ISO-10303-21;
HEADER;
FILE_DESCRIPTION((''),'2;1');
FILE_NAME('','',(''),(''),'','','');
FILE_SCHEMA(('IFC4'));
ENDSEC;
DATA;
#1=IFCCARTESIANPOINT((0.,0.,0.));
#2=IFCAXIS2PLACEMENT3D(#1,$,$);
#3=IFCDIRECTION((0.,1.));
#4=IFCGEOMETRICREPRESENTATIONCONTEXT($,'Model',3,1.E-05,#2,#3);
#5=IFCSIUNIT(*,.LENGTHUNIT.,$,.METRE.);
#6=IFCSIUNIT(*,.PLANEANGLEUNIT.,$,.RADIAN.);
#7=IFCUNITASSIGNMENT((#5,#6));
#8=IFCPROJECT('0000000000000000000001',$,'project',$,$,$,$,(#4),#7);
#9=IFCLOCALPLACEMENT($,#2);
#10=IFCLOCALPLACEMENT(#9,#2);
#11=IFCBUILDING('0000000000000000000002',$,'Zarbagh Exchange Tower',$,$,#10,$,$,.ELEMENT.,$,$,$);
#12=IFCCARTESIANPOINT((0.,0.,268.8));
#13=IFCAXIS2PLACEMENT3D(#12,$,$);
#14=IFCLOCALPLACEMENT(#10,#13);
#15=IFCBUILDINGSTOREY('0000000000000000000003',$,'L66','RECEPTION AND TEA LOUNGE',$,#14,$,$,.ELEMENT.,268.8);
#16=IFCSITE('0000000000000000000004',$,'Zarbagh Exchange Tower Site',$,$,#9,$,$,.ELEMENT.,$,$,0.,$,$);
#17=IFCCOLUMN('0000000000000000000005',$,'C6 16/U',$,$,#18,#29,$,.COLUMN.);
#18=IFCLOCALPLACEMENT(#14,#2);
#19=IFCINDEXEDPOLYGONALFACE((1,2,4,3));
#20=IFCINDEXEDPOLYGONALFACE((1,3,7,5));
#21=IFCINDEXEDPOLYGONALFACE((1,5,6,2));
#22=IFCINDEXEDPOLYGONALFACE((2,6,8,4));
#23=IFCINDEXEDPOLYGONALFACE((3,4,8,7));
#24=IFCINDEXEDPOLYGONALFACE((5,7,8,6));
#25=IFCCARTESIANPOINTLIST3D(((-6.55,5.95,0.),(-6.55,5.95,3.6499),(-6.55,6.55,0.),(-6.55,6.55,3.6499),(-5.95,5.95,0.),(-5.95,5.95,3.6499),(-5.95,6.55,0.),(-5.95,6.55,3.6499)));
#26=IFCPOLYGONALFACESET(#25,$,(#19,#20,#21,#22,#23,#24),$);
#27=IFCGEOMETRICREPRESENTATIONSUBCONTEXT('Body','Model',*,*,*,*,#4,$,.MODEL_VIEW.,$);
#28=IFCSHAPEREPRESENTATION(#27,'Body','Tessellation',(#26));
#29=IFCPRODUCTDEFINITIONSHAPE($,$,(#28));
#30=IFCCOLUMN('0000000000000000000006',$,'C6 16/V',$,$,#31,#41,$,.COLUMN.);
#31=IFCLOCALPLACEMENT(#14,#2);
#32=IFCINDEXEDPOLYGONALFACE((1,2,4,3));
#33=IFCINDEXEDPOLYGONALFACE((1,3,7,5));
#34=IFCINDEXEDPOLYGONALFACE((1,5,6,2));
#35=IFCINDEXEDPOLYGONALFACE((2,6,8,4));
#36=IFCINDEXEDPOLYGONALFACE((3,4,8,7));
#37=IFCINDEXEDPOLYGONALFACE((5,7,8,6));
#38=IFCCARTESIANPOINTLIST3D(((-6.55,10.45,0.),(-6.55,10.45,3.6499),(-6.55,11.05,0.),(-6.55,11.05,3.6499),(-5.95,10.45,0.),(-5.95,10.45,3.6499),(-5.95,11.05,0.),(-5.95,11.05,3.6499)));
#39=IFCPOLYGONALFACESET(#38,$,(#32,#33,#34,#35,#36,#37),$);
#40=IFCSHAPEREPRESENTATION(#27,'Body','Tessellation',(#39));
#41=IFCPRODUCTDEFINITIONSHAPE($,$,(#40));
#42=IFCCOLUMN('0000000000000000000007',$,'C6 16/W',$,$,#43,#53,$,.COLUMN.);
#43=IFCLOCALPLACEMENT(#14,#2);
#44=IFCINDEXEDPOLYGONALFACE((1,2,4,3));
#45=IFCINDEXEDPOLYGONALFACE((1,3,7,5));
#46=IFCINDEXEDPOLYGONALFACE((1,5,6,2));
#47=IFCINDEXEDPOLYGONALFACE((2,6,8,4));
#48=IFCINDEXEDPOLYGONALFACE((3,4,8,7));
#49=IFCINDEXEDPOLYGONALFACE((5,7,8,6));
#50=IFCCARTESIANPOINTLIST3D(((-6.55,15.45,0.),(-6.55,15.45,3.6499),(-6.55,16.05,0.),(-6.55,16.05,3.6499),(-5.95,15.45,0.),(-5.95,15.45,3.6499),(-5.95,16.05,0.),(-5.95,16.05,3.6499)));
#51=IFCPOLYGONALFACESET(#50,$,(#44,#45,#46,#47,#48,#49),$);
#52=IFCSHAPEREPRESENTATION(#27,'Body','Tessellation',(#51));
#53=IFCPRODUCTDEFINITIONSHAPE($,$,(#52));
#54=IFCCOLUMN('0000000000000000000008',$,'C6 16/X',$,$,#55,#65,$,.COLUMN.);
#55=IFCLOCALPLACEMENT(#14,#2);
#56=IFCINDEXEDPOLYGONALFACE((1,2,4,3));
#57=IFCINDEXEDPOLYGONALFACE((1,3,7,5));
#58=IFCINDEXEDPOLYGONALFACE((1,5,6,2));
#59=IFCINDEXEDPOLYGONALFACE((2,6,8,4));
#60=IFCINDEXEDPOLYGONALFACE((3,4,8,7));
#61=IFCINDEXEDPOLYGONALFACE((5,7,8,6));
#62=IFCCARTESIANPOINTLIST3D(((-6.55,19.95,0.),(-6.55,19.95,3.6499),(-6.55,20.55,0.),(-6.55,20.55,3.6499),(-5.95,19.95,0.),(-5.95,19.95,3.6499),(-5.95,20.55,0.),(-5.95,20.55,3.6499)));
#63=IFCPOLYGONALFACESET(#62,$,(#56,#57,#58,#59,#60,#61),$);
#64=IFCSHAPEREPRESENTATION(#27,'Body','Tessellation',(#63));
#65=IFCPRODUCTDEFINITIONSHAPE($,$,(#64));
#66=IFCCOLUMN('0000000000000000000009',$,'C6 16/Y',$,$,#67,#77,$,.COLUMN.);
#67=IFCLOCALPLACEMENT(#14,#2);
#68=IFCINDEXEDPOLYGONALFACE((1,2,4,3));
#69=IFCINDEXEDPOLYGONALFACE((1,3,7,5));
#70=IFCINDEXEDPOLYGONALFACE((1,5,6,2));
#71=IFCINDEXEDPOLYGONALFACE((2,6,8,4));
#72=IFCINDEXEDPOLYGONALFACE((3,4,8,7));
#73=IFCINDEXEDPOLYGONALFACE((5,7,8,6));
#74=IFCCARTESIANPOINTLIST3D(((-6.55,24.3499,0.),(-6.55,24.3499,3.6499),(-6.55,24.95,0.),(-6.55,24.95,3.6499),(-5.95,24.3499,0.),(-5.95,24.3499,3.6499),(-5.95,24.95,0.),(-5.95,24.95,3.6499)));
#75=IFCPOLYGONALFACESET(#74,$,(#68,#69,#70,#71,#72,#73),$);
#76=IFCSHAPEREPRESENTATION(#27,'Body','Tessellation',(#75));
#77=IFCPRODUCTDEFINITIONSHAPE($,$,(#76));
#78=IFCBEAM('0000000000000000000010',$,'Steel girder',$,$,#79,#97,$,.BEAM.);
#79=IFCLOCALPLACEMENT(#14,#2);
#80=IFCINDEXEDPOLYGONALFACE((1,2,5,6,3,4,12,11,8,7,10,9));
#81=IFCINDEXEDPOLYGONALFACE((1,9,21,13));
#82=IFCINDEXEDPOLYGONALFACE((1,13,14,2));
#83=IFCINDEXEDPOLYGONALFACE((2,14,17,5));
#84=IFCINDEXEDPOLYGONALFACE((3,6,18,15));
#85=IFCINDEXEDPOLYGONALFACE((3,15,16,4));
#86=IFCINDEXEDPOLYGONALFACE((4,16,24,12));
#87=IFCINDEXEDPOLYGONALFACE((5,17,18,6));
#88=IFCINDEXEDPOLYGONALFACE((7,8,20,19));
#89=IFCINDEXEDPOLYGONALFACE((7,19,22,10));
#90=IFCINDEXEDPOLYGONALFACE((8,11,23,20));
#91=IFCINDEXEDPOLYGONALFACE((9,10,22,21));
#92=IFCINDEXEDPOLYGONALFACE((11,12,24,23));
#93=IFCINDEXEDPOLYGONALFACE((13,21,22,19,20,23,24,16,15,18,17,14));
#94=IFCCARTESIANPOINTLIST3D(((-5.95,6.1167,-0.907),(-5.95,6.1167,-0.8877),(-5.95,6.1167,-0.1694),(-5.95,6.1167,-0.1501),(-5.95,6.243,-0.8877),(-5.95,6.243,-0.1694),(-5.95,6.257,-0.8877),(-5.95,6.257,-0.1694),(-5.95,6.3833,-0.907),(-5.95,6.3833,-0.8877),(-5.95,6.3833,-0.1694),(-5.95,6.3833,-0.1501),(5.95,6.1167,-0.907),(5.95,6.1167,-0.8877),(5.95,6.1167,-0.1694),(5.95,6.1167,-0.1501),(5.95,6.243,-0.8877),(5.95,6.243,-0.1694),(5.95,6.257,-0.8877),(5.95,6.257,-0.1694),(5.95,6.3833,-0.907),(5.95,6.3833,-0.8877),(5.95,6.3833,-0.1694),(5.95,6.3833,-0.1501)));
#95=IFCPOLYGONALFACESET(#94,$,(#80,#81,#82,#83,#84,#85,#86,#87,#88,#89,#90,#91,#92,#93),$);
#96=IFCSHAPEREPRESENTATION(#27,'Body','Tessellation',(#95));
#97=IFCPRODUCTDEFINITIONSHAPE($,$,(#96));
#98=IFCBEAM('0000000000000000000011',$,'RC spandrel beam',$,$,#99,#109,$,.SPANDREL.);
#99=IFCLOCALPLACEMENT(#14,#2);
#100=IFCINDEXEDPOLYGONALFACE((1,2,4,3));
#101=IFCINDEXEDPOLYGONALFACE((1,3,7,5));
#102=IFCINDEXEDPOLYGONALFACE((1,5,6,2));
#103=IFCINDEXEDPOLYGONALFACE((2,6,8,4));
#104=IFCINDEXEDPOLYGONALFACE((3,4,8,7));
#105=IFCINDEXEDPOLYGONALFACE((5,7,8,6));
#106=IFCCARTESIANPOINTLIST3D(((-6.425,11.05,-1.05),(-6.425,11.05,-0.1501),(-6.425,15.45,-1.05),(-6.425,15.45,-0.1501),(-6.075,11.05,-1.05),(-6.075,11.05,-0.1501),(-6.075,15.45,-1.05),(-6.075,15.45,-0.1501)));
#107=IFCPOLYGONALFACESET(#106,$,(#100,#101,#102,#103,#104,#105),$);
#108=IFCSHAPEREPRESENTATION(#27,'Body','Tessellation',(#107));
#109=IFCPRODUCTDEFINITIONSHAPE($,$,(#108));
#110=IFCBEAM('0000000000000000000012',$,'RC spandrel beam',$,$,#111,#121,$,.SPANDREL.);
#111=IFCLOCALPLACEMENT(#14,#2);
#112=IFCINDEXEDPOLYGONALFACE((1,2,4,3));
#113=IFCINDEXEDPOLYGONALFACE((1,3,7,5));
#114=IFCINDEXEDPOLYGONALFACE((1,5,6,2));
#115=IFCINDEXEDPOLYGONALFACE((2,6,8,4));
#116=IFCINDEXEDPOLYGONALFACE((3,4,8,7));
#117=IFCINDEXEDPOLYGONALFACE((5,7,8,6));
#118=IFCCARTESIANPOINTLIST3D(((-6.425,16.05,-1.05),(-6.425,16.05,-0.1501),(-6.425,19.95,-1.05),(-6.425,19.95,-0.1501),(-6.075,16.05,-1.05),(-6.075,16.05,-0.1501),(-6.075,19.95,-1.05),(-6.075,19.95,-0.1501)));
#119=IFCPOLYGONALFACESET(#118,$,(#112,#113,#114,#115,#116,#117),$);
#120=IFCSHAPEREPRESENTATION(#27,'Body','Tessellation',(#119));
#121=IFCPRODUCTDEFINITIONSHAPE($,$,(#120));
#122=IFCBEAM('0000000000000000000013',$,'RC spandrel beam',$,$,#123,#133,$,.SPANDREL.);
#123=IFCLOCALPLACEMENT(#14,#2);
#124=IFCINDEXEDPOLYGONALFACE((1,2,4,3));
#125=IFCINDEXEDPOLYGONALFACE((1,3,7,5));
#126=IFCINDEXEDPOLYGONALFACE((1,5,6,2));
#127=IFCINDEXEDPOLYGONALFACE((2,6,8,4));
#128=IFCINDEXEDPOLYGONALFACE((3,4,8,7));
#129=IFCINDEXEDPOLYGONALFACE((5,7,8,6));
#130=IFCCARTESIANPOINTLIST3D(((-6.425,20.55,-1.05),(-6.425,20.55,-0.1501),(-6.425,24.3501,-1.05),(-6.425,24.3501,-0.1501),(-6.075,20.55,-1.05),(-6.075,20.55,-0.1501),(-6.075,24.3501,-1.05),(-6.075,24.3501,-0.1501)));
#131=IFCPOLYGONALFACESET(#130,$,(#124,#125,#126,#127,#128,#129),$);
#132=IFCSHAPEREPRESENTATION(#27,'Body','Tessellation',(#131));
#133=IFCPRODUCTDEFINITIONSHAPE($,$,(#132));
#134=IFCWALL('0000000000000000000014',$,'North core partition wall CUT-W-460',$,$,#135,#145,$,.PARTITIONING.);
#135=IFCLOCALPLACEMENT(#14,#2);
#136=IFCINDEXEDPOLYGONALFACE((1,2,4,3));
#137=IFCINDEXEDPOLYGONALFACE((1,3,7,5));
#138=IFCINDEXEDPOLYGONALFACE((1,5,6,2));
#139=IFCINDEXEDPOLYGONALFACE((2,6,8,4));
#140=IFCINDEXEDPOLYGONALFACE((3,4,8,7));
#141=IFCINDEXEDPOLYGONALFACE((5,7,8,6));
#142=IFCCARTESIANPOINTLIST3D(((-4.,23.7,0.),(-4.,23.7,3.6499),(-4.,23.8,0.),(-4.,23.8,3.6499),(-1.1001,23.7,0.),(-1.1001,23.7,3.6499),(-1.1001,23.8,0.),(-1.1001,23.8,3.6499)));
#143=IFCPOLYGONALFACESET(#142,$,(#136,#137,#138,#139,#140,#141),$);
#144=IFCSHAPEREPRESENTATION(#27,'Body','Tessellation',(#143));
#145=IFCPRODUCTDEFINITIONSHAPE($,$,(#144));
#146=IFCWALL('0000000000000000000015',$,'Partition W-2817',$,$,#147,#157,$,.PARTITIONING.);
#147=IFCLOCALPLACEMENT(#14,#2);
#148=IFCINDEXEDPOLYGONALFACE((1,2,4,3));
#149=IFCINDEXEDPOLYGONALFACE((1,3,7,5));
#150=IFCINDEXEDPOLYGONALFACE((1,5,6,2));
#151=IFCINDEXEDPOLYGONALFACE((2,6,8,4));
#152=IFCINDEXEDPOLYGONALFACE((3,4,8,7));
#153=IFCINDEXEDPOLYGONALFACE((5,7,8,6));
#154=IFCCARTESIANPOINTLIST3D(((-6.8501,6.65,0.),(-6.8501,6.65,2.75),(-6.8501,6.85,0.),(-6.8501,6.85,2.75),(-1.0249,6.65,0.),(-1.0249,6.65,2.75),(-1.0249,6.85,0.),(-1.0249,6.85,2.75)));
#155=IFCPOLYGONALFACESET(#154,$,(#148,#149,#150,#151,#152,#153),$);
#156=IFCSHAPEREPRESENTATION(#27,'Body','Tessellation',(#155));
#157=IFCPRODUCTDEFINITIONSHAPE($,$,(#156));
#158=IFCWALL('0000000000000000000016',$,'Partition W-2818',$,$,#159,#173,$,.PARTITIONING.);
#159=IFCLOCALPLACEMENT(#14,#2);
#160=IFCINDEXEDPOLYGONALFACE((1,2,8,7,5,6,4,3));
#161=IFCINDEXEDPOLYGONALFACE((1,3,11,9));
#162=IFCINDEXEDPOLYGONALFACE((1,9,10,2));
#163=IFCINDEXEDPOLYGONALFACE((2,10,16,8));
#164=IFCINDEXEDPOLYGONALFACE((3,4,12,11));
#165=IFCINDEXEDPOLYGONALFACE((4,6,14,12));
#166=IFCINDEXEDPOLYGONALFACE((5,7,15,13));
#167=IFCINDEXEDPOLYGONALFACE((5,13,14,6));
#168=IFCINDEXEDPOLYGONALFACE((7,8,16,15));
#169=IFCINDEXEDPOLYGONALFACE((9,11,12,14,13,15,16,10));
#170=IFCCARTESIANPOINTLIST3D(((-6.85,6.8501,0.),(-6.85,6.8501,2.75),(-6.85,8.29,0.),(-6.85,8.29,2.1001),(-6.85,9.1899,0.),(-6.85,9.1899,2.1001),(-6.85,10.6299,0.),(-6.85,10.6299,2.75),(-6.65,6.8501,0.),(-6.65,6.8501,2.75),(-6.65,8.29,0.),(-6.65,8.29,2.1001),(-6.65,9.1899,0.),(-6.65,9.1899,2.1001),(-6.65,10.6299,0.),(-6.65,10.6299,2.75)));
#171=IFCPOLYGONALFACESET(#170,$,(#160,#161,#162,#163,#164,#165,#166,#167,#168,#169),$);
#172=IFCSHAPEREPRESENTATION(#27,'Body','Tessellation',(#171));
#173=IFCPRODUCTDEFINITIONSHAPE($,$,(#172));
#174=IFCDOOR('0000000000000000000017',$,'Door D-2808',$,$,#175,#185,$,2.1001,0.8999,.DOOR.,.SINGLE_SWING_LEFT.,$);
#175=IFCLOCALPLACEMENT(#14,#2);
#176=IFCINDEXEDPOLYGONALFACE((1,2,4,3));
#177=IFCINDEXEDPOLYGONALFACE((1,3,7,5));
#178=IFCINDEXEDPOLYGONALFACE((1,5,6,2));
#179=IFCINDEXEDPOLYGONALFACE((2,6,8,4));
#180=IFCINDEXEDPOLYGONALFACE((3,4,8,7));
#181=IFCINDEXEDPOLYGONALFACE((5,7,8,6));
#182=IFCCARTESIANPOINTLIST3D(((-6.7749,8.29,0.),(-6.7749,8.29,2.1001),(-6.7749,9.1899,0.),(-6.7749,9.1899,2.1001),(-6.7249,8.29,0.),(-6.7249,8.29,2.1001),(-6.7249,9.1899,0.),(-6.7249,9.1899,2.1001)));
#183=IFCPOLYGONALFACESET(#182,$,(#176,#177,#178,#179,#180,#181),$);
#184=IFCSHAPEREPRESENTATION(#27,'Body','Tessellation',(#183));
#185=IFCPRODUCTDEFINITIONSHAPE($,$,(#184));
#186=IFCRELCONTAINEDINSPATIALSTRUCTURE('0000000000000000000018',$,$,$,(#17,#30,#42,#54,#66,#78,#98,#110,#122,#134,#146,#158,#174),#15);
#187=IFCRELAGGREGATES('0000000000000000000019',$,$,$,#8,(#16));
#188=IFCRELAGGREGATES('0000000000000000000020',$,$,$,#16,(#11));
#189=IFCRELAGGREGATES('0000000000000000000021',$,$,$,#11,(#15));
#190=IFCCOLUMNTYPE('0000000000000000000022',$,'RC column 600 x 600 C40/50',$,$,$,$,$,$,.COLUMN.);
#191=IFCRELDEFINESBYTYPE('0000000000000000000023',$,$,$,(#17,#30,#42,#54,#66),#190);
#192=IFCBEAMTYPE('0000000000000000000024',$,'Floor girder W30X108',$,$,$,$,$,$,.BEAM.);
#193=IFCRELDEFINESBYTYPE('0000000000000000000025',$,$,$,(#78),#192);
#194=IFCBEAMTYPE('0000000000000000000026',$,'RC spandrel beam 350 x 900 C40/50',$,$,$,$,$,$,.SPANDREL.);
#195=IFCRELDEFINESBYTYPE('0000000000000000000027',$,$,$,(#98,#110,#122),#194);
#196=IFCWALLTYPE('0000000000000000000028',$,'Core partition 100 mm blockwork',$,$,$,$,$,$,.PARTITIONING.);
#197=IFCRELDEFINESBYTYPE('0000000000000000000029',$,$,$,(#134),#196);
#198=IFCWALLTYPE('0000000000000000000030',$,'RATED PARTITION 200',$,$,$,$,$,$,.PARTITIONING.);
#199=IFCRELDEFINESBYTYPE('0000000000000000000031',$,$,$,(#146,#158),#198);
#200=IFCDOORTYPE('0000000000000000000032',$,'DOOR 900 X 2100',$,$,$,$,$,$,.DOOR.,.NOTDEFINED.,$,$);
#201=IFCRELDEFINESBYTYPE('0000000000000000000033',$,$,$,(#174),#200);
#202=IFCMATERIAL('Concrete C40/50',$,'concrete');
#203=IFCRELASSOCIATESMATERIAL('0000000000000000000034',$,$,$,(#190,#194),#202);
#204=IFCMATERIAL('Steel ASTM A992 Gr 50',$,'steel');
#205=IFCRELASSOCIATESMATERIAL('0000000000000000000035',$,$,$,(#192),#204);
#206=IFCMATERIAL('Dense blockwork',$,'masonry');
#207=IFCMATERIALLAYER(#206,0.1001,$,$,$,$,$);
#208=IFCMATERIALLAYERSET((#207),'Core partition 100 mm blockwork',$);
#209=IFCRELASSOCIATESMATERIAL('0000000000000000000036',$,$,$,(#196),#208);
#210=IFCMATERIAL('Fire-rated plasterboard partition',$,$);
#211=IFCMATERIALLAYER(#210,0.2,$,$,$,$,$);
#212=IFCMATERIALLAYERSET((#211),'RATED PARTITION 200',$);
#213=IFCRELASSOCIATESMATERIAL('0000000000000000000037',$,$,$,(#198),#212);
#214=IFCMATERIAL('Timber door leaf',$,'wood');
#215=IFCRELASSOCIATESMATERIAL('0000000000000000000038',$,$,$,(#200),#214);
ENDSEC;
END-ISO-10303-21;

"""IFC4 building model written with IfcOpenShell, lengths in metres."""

from ifc_helpers import new_model, si_unit, direction, frame, frame_2d, origin, origin_2d, place, context, subcontext, project, spatial, rectangle, i_section, extrude, material, layer, layer_set, material_profile, profile_set, type_object, element, fill, save


model = new_model("IFC4")

# Units and contexts
model_context = context("Model", 3, precision=1e-05, world=origin(), true_north=direction((0.0, 1.0)))
body_context = subcontext(model_context, "Body", "Model", "MODEL_VIEW")
ifc_project = project(units=[si_unit("LENGTHUNIT", "METRE"), si_unit("PLANEANGLEUNIT", "RADIAN")], contexts=[model_context])

# Site, building, storey
site_placement = place(None, origin())
site = spatial("IfcSite", under=ifc_project, at=site_placement, Name="Zarbagh Exchange Tower Site", CompositionType="ELEMENT", RefElevation=0.0)
building_placement = place(site_placement, origin())
building = spatial("IfcBuilding", under=site, at=building_placement, Name="Zarbagh Exchange Tower", CompositionType="ELEMENT")
storey_placement = place(building_placement, frame((0.0, 0.0, 268.8)))
storey = spatial("IfcBuildingStorey", under=building, at=storey_placement, Name="L66", Description="RECEPTION AND TEA LOUNGE", CompositionType="ELEMENT", Elevation=268.8)

# Columns
ifc_material_1 = material(Name="Concrete C40/50", Category="concrete")
ifc_material_profile_1 = material_profile(ifc_material_1, rectangle(XDim=0.6001, YDim=0.6001, at=origin_2d()), Name="RC column 600 x 600 C40/50")
ifc_profile_set_1 = profile_set([ifc_material_profile_1], Name="Concrete C40/50")
column_type = type_object("IfcColumnType", Name="RC column 600 x 600 C40/50", PredefinedType="COLUMN", material=ifc_profile_set_1)
for number, where, z_axis, x_axis, name in (
    (1, (-6.25, 6.25, 0.0), (0.0, 0.0, 1.0), (1.0, 0.0, 0.0), "C6 16/U"),
    (2, (-6.25, 10.75, 0.0), (0.0, 0.0, 1.0), (1.0, 0.0, 0.0), "C6 16/V"),
    (3, (-6.25, 15.75, 0.0), (0.0, 0.0, 1.0), (1.0, 0.0, 0.0), "C6 16/W"),
    (4, (-6.25, 20.25, 0.0), (0.0, 0.0, 1.0), (1.0, 0.0, 0.0), "C6 16/X"),
    (5, (-6.25, 24.6499, 0.0), (0.0, 0.0, 1.0), (1.0, 0.0, 0.0), "C6 16/Y"),
):
    element("IfcColumn", number, at=place(storey_placement, frame(where, z_axis=z_axis, x_axis=x_axis)), inside=storey, type_object=column_type, Name=name, PredefinedType="COLUMN", context=body_context, shape_type="SweptSolid", body=[
        extrude(rectangle(XDim=0.6001, YDim=0.6001, at=origin_2d()), origin(), (0.0, 0.0, 1.0), 3.6499),
    ])

# Beams
ifc_material_2 = material(Name="Steel ASTM A992 Gr 50", Category="steel")
ifc_material_profile_2 = material_profile(ifc_material_2, i_section(OverallWidth=0.2666, OverallDepth=0.7568, WebThickness=0.0139, FlangeThickness=0.0193, at=origin_2d()), Name="W30X108")
ifc_profile_set_2 = profile_set([ifc_material_profile_2], Name="Steel ASTM A992 Gr 50")
beam_type_1 = type_object("IfcBeamType", Name="Floor girder W30X108", PredefinedType="BEAM", material=ifc_profile_set_2)
beam_1_placement = place(storey_placement, frame((-5.95, 6.25, -0.5286), z_axis=(1.0, 0.0, 0.0), x_axis=(0.0, 1.0, 0.0)))
element("IfcBeam", 6, at=beam_1_placement, inside=storey, type_object=beam_type_1, Name="Steel girder", PredefinedType="BEAM", context=body_context, shape_type="SweptSolid", body=[
    extrude(i_section(OverallWidth=0.2666, OverallDepth=0.7568, WebThickness=0.0139, FlangeThickness=0.0193, at=origin_2d()), origin(), (0.0, 0.0, 1.0), 11.8999),
])
ifc_material_profile_3 = material_profile(ifc_material_1, rectangle(XDim=0.3501, YDim=0.8999, at=origin_2d()), Name="RC spandrel beam 350 x 900 C40/50")
ifc_profile_set_3 = profile_set([ifc_material_profile_3], Name="Concrete C40/50")
beam_type_2 = type_object("IfcBeamType", Name="RC spandrel beam 350 x 900 C40/50", PredefinedType="SPANDREL", material=ifc_profile_set_3)
beam_2_placement = place(storey_placement, frame((-6.25, 11.05, -0.6001), z_axis=(0.0, 1.0, 0.0), x_axis=(-1.0, 0.0, 0.0)))
element("IfcBeam", 7, at=beam_2_placement, inside=storey, type_object=beam_type_2, Name="RC spandrel beam", PredefinedType="SPANDREL", context=body_context, shape_type="SweptSolid", body=[
    extrude(rectangle(XDim=0.3501, YDim=0.8999, at=origin_2d()), origin(), (0.0, 0.0, 1.0), 4.3999),
])
beam_3_placement = place(storey_placement, frame((-6.25, 16.05, -0.6001), z_axis=(0.0, 1.0, 0.0), x_axis=(-1.0, 0.0, 0.0)))
element("IfcBeam", 8, at=beam_3_placement, inside=storey, type_object=beam_type_2, Name="RC spandrel beam", PredefinedType="SPANDREL", context=body_context, shape_type="SweptSolid", body=[
    extrude(rectangle(XDim=0.3501, YDim=0.8999, at=origin_2d()), origin(), (0.0, 0.0, 1.0), 3.8999),
])
beam_4_placement = place(storey_placement, frame((-6.25, 20.55, -0.6001), z_axis=(0.0, 1.0, 0.0), x_axis=(-1.0, 0.0, 0.0)))
element("IfcBeam", 9, at=beam_4_placement, inside=storey, type_object=beam_type_2, Name="RC spandrel beam", PredefinedType="SPANDREL", context=body_context, shape_type="SweptSolid", body=[
    extrude(rectangle(XDim=0.3501, YDim=0.8999, at=origin_2d()), origin(), (0.0, 0.0, 1.0), 3.8),
])

# Walls
ifc_material_3 = material(Name="Dense blockwork", Category="masonry")
ifc_layer_1 = layer(ifc_material_3, 0.1001)
ifc_layer_set_1 = layer_set([ifc_layer_1], Name="Core partition 100 mm blockwork")
wall_type_1 = type_object("IfcWallType", Name="Core partition 100 mm blockwork", PredefinedType="PARTITIONING", material=ifc_layer_set_1)
wall_1_placement = place(storey_placement, frame((-4.0, 23.75, 0.0), z_axis=(0.0, 0.0, 1.0), x_axis=(1.0, 0.0, 0.0)))
element("IfcWall", 10, at=wall_1_placement, inside=storey, type_object=wall_type_1, Name="North core partition wall CUT-W-460", PredefinedType="PARTITIONING", context=body_context, shape_type="SweptSolid", body=[
    extrude(rectangle(XDim=2.8999, YDim=0.1001, at=frame_2d((1.45, 0.0))), origin(), (0.0, 0.0, 1.0), 3.6499),
])
ifc_material_4 = material(Name="Fire-rated plasterboard partition")
ifc_layer_2 = layer(ifc_material_4, 0.2)
ifc_layer_set_2 = layer_set([ifc_layer_2], Name="RATED PARTITION 200")
wall_type_2 = type_object("IfcWallType", Name="RATED PARTITION 200", PredefinedType="PARTITIONING", material=ifc_layer_set_2)
wall_2_placement = place(storey_placement, frame((-6.8501, 6.75, 0.0), z_axis=(0.0, 0.0, 1.0), x_axis=(1.0, 0.0, 0.0)))
element("IfcWall", 11, at=wall_2_placement, inside=storey, type_object=wall_type_2, Name="Partition W-2817", PredefinedType="PARTITIONING", context=body_context, shape_type="SweptSolid", body=[
    extrude(rectangle(XDim=5.8252, YDim=0.2, at=frame_2d((2.9126, 0.0))), origin(), (0.0, 0.0, 1.0), 2.75),
])

# Wall, opening, door
wall_3_placement = place(storey_placement, frame((-6.75, 6.8501, 0.0), z_axis=(0.0, 0.0, 1.0), x_axis=(0.0, 1.0, 0.0)))
wall_3 = element("IfcWall", 12, at=wall_3_placement, inside=storey, type_object=wall_type_2, Name="Partition W-2818", PredefinedType="PARTITIONING", context=body_context, shape_type="SweptSolid", body=[
    extrude(rectangle(XDim=3.7798, YDim=0.2, at=frame_2d((1.8899, 0.0))), origin(), (0.0, 0.0, 1.0), 2.75),
])
opening_1_placement = place(wall_3_placement, frame((1.4399, 0.0, 0.0)))
opening_1 = element("IfcOpeningElement", 13, at=opening_1_placement, cuts=wall_3, PredefinedType="OPENING", context=body_context, shape_type="SweptSolid", body=[
    extrude(rectangle(XDim=0.8999, YDim=2.1001, at=frame_2d((0.45, 1.05))), frame((0.0, 0.1099, 0.0), z_axis=(0.0, -1.0, 0.0), x_axis=(1.0, 0.0, 0.0)), (0.0, 0.0, 1.0), 0.22),
])
ifc_material_5 = material(Name="Timber door leaf", Category="wood")
door_type_1 = type_object("IfcDoorType", Name="DOOR 900 X 2100", OperationType="NOTDEFINED", PredefinedType="DOOR", material=ifc_material_5)
door_1_placement = place(opening_1_placement, origin())
door_1 = element("IfcDoor", 14, at=door_1_placement, inside=storey, type_object=door_type_1, Name="Door D-2808", OperationType="SINGLE_SWING_LEFT", OverallHeight=2.1001, OverallWidth=0.8999, PredefinedType="DOOR", context=body_context, shape_type="SweptSolid", body=[
    extrude(rectangle(XDim=0.8999, YDim=2.1001, at=frame_2d((0.45, 1.05))), frame((0.0, 0.0249, 0.0), z_axis=(0.0, -1.0, 0.0), x_axis=(1.0, 0.0, 0.0)), (0.0, 0.0, 1.0), 0.05),
])
fill(opening_1, door_1)

save(model, "model.ifc")
